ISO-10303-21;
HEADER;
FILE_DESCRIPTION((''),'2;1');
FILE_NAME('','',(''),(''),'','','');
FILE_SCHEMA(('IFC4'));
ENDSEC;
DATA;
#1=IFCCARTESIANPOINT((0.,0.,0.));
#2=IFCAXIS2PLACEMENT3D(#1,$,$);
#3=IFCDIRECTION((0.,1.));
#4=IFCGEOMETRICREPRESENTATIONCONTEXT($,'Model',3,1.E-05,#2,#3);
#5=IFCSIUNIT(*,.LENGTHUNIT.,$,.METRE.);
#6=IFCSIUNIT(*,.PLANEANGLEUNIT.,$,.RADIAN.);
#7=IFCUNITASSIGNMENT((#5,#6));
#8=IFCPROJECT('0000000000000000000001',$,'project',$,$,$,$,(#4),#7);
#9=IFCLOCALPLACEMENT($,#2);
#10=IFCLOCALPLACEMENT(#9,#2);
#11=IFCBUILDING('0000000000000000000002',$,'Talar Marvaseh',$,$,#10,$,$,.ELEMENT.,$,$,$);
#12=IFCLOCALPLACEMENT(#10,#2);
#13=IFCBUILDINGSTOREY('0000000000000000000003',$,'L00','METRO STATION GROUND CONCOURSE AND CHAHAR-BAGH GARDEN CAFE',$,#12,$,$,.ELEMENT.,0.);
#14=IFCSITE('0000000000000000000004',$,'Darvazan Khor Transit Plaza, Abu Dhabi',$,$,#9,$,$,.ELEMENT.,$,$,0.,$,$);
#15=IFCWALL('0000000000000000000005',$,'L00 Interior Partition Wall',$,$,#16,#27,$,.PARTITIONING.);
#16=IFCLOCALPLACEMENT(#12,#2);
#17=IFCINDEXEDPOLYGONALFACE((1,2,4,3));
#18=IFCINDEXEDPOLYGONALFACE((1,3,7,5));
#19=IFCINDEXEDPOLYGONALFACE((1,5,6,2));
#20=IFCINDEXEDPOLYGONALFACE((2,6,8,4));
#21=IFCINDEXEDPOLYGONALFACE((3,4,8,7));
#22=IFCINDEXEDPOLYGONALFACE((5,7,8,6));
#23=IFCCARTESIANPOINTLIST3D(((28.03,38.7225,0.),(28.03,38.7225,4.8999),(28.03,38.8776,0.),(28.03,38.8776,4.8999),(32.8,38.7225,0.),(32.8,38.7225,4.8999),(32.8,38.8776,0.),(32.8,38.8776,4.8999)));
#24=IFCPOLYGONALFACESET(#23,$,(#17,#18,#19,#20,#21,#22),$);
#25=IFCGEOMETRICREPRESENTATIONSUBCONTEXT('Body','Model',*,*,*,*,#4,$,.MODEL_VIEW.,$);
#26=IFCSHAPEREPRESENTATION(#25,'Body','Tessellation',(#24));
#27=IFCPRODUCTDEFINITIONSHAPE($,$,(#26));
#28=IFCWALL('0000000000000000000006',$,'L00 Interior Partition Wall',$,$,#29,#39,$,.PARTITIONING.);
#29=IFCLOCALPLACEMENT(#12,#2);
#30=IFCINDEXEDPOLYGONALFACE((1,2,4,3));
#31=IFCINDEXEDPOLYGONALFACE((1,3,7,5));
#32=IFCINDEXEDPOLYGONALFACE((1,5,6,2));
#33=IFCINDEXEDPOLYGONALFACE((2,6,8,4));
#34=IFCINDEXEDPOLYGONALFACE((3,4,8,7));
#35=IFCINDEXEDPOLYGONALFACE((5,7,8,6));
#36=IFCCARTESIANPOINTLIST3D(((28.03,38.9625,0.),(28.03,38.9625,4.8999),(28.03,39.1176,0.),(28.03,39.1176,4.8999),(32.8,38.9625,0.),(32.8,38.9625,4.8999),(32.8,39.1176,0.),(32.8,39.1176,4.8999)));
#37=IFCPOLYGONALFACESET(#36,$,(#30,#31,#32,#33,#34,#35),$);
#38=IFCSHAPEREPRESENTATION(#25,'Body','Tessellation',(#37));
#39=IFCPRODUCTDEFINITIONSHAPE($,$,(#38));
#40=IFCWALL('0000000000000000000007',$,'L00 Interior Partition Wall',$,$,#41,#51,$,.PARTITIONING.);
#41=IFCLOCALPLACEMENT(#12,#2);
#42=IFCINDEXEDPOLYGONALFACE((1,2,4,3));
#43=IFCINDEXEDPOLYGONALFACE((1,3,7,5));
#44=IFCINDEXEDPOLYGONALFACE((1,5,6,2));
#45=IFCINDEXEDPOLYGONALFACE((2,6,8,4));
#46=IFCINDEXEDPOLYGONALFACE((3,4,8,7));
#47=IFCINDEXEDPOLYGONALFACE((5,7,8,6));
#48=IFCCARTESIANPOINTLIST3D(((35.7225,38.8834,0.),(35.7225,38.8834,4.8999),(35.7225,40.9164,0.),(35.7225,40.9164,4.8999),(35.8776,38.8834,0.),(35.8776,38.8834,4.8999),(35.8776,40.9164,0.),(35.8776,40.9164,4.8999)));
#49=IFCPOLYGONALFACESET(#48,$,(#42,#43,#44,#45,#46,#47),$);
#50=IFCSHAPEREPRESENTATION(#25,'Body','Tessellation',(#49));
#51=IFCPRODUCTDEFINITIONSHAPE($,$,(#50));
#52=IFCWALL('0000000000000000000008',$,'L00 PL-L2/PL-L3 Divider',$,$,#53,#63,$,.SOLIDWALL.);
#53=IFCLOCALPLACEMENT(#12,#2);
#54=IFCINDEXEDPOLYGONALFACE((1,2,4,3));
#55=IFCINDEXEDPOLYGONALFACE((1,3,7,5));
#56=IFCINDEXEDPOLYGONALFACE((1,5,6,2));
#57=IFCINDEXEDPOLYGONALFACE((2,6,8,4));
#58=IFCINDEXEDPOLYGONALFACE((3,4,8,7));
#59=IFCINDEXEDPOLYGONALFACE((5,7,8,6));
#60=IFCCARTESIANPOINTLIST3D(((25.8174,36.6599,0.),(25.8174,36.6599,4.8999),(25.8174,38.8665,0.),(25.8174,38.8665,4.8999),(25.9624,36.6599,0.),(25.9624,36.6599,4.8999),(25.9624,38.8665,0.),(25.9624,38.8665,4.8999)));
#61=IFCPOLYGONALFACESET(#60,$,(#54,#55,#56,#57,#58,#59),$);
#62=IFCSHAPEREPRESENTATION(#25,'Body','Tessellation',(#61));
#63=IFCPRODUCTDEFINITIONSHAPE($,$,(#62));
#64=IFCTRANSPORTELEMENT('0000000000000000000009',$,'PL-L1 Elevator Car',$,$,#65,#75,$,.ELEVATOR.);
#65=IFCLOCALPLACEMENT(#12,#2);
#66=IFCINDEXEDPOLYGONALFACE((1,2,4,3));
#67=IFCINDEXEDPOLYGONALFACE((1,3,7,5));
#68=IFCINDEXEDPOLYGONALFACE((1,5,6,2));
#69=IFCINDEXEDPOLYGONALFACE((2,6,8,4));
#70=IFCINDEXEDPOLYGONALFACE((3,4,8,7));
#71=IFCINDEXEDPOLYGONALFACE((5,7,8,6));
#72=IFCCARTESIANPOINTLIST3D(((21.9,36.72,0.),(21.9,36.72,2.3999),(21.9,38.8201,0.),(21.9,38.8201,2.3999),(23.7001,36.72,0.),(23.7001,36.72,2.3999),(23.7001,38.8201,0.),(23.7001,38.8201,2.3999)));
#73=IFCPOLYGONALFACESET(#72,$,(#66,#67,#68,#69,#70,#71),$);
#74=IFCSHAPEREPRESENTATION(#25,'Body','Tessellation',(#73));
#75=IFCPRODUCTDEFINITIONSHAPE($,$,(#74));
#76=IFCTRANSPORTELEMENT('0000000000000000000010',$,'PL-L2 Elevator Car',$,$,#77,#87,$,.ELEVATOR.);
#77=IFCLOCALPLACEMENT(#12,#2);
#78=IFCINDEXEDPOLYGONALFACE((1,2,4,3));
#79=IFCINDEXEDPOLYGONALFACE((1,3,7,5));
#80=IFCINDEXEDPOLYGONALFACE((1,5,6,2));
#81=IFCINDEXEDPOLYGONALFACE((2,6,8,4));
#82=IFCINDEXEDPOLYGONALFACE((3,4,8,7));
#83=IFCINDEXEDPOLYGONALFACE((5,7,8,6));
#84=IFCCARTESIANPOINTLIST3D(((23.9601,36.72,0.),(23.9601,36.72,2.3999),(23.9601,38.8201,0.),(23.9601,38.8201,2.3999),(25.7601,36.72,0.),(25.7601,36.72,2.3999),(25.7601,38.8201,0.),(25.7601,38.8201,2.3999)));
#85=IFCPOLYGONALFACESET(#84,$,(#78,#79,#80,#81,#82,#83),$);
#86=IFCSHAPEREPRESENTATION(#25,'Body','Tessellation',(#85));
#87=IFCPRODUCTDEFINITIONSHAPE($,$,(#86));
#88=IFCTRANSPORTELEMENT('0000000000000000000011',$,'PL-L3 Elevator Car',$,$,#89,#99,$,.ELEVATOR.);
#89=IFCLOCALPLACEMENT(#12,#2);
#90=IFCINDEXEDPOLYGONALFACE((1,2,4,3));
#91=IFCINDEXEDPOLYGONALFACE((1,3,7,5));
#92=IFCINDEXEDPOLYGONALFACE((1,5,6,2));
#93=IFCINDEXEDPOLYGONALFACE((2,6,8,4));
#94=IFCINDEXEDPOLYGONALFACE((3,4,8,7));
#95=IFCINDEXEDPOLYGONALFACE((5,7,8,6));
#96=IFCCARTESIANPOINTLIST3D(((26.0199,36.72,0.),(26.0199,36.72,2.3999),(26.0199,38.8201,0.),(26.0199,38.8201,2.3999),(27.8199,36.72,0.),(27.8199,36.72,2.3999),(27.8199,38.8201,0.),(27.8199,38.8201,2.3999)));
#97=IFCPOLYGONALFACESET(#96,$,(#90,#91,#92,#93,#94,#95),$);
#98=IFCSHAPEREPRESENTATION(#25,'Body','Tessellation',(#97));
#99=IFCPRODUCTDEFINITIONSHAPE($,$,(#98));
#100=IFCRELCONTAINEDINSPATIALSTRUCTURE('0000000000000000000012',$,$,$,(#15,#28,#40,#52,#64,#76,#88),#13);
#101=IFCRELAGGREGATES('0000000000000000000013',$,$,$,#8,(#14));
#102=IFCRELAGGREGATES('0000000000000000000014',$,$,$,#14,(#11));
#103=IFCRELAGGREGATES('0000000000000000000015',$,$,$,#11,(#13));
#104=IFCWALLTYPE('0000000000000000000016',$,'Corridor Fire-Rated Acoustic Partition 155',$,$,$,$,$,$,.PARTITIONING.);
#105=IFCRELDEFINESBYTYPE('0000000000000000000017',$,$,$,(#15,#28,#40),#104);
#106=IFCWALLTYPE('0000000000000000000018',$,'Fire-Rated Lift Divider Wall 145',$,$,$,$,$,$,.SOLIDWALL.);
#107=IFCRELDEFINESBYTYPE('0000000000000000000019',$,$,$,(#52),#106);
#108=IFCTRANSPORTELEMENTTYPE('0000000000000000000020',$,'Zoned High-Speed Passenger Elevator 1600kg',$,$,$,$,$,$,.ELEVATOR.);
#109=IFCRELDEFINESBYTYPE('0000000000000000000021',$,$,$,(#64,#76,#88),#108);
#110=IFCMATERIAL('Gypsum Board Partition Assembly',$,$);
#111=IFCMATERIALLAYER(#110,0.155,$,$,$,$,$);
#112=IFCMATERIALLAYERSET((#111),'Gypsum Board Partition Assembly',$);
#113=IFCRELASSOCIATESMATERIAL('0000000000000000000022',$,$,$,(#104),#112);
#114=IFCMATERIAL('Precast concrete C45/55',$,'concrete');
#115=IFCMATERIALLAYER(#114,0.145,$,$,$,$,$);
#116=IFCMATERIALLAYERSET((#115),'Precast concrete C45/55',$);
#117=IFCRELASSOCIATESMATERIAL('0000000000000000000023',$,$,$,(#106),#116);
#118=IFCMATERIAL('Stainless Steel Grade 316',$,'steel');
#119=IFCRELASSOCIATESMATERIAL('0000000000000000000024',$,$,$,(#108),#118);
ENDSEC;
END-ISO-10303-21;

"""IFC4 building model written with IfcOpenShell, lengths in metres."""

from ifc_helpers import new_model, si_unit, direction, frame, frame_2d, origin, origin_2d, place, context, subcontext, project, spatial, rectangle, extrude, source, transform, mapped, material, layer, layer_set, type_object, type_shapes, element, save


model = new_model("IFC4")

# Units and contexts
model_context = context("Model", 3, precision=1e-05, world=origin(), true_north=direction((0.0, 1.0)))
body_context = subcontext(model_context, "Body", "Model", "MODEL_VIEW")
ifc_project = project(units=[si_unit("LENGTHUNIT", "METRE"), si_unit("PLANEANGLEUNIT", "RADIAN")], contexts=[model_context])

# Site, building, storey
site_placement = place(None, origin())
site = spatial("IfcSite", under=ifc_project, at=site_placement, Name="Darvazan Khor Transit Plaza, Abu Dhabi", CompositionType="ELEMENT", RefElevation=0.0)
building_placement = place(site_placement, origin())
building = spatial("IfcBuilding", under=site, at=building_placement, Name="Talar Marvaseh", CompositionType="ELEMENT")
storey_placement = place(building_placement, origin())
storey = spatial("IfcBuildingStorey", under=building, at=storey_placement, Name="L00", Description="METRO STATION GROUND CONCOURSE AND CHAHAR-BAGH GARDEN CAFE", CompositionType="ELEMENT", Elevation=0.0)

# Shared definitions
ifc_material_1 = material(Name="Gypsum Board Partition Assembly")
ifc_layer_1 = layer(ifc_material_1, 0.155)
ifc_layer_set_1 = layer_set([ifc_layer_1], Name="Gypsum Board Partition Assembly")
wall_type_1 = type_object("IfcWallType", Name="Corridor Fire-Rated Acoustic Partition 155", PredefinedType="PARTITIONING", material=ifc_layer_set_1)

# Walls
for number, where, z_axis, x_axis, name in (
    (1, (28.03, 38.8, 0.0), (0.0, 0.0, 1.0), (1.0, 0.0, 0.0), "L00 Interior Partition Wall"),
    (2, (32.8, 39.04, 0.0), (0.0, 0.0, 1.0), (-1.0, 0.0, 0.0), "L00 Interior Partition Wall"),
):
    element("IfcWall", number, at=place(storey_placement, frame(where, z_axis=z_axis, x_axis=x_axis)), inside=storey, type_object=wall_type_1, Name=name, PredefinedType="PARTITIONING", context=body_context, shape_type="SweptSolid", body=[
        extrude(rectangle(XDim=4.77, YDim=0.155, at=frame_2d((2.385, 0.0))), origin(), (0.0, 0.0, 1.0), 4.8999),
    ])
wall_1_placement = place(storey_placement, frame((35.8, 40.9165, 0.0), z_axis=(0.0, 0.0, 1.0), x_axis=(0.0, -1.0, 0.0)))
element("IfcWall", 3, at=wall_1_placement, inside=storey, type_object=wall_type_1, Name="L00 Interior Partition Wall", PredefinedType="PARTITIONING", context=body_context, shape_type="SweptSolid", body=[
    extrude(rectangle(XDim=2.033, YDim=0.155, at=frame_2d((1.0166, 0.0))), origin(), (0.0, 0.0, 1.0), 4.8999),
])
ifc_material_2 = material(Name="Precast concrete C45/55", Category="concrete")
ifc_layer_2 = layer(ifc_material_2, 0.145)
ifc_layer_set_2 = layer_set([ifc_layer_2], Name="Precast concrete C45/55")
wall_type_2 = type_object("IfcWallType", Name="Fire-Rated Lift Divider Wall 145", PredefinedType="SOLIDWALL", material=ifc_layer_set_2)
wall_2_placement = place(storey_placement, frame((25.8899, 36.6599, 0.0), z_axis=(0.0, 0.0, 1.0), x_axis=(0.0, 1.0, 0.0)))
element("IfcWall", 4, at=wall_2_placement, inside=storey, type_object=wall_type_2, Name="L00 PL-L2/PL-L3 Divider", PredefinedType="SOLIDWALL", context=body_context, shape_type="SweptSolid", body=[
    extrude(rectangle(XDim=2.2065, YDim=0.145, at=frame_2d((1.1033, 0.0))), origin(), (0.0, 0.0, 1.0), 4.8999),
])

# Transport elements
ifc_material_3 = material(Name="Stainless Steel Grade 316", Category="steel")
transport_element_type = type_object("IfcTransportElementType", Name="Zoned High-Speed Passenger Elevator 1600kg", PredefinedType="ELEVATOR", material=ifc_material_3)
shared_shape_1 = source(origin(), body_context, "Body", "SweptSolid", [
    extrude(rectangle(XDim=1.8, YDim=2.1001, at=origin_2d()), origin(), (0.0, 0.0, 1.0), 2.3999),
])
type_shapes(transport_element_type, [shared_shape_1])
for number, where, z_axis, x_axis, name in (
    (5, (22.8, 37.77, 0.0), (0.0, 0.0, 1.0), (1.0, 0.0, 0.0), "PL-L1 Elevator Car"),
    (6, (24.8601, 37.77, 0.0), (0.0, 0.0, 1.0), (1.0, 0.0, 0.0), "PL-L2 Elevator Car"),
    (7, (26.9199, 37.77, 0.0), (0.0, 0.0, 1.0), (1.0, 0.0, 0.0), "PL-L3 Elevator Car"),
):
    element("IfcTransportElement", number, at=place(storey_placement, frame(where, z_axis=z_axis, x_axis=x_axis)), inside=storey, type_object=transport_element_type, Name=name, PredefinedType="ELEVATOR", context=body_context, shape_type="MappedRepresentation", body=[
        mapped(shared_shape_1, transform((0.0, 0.0, 0.0), x_axis=(1.0, 0.0, 0.0), y_axis=(0.0, 1.0, 0.0), z_axis=(0.0, 0.0, 1.0), scale=1.0)),
    ])

save(model, "model.ifc")
